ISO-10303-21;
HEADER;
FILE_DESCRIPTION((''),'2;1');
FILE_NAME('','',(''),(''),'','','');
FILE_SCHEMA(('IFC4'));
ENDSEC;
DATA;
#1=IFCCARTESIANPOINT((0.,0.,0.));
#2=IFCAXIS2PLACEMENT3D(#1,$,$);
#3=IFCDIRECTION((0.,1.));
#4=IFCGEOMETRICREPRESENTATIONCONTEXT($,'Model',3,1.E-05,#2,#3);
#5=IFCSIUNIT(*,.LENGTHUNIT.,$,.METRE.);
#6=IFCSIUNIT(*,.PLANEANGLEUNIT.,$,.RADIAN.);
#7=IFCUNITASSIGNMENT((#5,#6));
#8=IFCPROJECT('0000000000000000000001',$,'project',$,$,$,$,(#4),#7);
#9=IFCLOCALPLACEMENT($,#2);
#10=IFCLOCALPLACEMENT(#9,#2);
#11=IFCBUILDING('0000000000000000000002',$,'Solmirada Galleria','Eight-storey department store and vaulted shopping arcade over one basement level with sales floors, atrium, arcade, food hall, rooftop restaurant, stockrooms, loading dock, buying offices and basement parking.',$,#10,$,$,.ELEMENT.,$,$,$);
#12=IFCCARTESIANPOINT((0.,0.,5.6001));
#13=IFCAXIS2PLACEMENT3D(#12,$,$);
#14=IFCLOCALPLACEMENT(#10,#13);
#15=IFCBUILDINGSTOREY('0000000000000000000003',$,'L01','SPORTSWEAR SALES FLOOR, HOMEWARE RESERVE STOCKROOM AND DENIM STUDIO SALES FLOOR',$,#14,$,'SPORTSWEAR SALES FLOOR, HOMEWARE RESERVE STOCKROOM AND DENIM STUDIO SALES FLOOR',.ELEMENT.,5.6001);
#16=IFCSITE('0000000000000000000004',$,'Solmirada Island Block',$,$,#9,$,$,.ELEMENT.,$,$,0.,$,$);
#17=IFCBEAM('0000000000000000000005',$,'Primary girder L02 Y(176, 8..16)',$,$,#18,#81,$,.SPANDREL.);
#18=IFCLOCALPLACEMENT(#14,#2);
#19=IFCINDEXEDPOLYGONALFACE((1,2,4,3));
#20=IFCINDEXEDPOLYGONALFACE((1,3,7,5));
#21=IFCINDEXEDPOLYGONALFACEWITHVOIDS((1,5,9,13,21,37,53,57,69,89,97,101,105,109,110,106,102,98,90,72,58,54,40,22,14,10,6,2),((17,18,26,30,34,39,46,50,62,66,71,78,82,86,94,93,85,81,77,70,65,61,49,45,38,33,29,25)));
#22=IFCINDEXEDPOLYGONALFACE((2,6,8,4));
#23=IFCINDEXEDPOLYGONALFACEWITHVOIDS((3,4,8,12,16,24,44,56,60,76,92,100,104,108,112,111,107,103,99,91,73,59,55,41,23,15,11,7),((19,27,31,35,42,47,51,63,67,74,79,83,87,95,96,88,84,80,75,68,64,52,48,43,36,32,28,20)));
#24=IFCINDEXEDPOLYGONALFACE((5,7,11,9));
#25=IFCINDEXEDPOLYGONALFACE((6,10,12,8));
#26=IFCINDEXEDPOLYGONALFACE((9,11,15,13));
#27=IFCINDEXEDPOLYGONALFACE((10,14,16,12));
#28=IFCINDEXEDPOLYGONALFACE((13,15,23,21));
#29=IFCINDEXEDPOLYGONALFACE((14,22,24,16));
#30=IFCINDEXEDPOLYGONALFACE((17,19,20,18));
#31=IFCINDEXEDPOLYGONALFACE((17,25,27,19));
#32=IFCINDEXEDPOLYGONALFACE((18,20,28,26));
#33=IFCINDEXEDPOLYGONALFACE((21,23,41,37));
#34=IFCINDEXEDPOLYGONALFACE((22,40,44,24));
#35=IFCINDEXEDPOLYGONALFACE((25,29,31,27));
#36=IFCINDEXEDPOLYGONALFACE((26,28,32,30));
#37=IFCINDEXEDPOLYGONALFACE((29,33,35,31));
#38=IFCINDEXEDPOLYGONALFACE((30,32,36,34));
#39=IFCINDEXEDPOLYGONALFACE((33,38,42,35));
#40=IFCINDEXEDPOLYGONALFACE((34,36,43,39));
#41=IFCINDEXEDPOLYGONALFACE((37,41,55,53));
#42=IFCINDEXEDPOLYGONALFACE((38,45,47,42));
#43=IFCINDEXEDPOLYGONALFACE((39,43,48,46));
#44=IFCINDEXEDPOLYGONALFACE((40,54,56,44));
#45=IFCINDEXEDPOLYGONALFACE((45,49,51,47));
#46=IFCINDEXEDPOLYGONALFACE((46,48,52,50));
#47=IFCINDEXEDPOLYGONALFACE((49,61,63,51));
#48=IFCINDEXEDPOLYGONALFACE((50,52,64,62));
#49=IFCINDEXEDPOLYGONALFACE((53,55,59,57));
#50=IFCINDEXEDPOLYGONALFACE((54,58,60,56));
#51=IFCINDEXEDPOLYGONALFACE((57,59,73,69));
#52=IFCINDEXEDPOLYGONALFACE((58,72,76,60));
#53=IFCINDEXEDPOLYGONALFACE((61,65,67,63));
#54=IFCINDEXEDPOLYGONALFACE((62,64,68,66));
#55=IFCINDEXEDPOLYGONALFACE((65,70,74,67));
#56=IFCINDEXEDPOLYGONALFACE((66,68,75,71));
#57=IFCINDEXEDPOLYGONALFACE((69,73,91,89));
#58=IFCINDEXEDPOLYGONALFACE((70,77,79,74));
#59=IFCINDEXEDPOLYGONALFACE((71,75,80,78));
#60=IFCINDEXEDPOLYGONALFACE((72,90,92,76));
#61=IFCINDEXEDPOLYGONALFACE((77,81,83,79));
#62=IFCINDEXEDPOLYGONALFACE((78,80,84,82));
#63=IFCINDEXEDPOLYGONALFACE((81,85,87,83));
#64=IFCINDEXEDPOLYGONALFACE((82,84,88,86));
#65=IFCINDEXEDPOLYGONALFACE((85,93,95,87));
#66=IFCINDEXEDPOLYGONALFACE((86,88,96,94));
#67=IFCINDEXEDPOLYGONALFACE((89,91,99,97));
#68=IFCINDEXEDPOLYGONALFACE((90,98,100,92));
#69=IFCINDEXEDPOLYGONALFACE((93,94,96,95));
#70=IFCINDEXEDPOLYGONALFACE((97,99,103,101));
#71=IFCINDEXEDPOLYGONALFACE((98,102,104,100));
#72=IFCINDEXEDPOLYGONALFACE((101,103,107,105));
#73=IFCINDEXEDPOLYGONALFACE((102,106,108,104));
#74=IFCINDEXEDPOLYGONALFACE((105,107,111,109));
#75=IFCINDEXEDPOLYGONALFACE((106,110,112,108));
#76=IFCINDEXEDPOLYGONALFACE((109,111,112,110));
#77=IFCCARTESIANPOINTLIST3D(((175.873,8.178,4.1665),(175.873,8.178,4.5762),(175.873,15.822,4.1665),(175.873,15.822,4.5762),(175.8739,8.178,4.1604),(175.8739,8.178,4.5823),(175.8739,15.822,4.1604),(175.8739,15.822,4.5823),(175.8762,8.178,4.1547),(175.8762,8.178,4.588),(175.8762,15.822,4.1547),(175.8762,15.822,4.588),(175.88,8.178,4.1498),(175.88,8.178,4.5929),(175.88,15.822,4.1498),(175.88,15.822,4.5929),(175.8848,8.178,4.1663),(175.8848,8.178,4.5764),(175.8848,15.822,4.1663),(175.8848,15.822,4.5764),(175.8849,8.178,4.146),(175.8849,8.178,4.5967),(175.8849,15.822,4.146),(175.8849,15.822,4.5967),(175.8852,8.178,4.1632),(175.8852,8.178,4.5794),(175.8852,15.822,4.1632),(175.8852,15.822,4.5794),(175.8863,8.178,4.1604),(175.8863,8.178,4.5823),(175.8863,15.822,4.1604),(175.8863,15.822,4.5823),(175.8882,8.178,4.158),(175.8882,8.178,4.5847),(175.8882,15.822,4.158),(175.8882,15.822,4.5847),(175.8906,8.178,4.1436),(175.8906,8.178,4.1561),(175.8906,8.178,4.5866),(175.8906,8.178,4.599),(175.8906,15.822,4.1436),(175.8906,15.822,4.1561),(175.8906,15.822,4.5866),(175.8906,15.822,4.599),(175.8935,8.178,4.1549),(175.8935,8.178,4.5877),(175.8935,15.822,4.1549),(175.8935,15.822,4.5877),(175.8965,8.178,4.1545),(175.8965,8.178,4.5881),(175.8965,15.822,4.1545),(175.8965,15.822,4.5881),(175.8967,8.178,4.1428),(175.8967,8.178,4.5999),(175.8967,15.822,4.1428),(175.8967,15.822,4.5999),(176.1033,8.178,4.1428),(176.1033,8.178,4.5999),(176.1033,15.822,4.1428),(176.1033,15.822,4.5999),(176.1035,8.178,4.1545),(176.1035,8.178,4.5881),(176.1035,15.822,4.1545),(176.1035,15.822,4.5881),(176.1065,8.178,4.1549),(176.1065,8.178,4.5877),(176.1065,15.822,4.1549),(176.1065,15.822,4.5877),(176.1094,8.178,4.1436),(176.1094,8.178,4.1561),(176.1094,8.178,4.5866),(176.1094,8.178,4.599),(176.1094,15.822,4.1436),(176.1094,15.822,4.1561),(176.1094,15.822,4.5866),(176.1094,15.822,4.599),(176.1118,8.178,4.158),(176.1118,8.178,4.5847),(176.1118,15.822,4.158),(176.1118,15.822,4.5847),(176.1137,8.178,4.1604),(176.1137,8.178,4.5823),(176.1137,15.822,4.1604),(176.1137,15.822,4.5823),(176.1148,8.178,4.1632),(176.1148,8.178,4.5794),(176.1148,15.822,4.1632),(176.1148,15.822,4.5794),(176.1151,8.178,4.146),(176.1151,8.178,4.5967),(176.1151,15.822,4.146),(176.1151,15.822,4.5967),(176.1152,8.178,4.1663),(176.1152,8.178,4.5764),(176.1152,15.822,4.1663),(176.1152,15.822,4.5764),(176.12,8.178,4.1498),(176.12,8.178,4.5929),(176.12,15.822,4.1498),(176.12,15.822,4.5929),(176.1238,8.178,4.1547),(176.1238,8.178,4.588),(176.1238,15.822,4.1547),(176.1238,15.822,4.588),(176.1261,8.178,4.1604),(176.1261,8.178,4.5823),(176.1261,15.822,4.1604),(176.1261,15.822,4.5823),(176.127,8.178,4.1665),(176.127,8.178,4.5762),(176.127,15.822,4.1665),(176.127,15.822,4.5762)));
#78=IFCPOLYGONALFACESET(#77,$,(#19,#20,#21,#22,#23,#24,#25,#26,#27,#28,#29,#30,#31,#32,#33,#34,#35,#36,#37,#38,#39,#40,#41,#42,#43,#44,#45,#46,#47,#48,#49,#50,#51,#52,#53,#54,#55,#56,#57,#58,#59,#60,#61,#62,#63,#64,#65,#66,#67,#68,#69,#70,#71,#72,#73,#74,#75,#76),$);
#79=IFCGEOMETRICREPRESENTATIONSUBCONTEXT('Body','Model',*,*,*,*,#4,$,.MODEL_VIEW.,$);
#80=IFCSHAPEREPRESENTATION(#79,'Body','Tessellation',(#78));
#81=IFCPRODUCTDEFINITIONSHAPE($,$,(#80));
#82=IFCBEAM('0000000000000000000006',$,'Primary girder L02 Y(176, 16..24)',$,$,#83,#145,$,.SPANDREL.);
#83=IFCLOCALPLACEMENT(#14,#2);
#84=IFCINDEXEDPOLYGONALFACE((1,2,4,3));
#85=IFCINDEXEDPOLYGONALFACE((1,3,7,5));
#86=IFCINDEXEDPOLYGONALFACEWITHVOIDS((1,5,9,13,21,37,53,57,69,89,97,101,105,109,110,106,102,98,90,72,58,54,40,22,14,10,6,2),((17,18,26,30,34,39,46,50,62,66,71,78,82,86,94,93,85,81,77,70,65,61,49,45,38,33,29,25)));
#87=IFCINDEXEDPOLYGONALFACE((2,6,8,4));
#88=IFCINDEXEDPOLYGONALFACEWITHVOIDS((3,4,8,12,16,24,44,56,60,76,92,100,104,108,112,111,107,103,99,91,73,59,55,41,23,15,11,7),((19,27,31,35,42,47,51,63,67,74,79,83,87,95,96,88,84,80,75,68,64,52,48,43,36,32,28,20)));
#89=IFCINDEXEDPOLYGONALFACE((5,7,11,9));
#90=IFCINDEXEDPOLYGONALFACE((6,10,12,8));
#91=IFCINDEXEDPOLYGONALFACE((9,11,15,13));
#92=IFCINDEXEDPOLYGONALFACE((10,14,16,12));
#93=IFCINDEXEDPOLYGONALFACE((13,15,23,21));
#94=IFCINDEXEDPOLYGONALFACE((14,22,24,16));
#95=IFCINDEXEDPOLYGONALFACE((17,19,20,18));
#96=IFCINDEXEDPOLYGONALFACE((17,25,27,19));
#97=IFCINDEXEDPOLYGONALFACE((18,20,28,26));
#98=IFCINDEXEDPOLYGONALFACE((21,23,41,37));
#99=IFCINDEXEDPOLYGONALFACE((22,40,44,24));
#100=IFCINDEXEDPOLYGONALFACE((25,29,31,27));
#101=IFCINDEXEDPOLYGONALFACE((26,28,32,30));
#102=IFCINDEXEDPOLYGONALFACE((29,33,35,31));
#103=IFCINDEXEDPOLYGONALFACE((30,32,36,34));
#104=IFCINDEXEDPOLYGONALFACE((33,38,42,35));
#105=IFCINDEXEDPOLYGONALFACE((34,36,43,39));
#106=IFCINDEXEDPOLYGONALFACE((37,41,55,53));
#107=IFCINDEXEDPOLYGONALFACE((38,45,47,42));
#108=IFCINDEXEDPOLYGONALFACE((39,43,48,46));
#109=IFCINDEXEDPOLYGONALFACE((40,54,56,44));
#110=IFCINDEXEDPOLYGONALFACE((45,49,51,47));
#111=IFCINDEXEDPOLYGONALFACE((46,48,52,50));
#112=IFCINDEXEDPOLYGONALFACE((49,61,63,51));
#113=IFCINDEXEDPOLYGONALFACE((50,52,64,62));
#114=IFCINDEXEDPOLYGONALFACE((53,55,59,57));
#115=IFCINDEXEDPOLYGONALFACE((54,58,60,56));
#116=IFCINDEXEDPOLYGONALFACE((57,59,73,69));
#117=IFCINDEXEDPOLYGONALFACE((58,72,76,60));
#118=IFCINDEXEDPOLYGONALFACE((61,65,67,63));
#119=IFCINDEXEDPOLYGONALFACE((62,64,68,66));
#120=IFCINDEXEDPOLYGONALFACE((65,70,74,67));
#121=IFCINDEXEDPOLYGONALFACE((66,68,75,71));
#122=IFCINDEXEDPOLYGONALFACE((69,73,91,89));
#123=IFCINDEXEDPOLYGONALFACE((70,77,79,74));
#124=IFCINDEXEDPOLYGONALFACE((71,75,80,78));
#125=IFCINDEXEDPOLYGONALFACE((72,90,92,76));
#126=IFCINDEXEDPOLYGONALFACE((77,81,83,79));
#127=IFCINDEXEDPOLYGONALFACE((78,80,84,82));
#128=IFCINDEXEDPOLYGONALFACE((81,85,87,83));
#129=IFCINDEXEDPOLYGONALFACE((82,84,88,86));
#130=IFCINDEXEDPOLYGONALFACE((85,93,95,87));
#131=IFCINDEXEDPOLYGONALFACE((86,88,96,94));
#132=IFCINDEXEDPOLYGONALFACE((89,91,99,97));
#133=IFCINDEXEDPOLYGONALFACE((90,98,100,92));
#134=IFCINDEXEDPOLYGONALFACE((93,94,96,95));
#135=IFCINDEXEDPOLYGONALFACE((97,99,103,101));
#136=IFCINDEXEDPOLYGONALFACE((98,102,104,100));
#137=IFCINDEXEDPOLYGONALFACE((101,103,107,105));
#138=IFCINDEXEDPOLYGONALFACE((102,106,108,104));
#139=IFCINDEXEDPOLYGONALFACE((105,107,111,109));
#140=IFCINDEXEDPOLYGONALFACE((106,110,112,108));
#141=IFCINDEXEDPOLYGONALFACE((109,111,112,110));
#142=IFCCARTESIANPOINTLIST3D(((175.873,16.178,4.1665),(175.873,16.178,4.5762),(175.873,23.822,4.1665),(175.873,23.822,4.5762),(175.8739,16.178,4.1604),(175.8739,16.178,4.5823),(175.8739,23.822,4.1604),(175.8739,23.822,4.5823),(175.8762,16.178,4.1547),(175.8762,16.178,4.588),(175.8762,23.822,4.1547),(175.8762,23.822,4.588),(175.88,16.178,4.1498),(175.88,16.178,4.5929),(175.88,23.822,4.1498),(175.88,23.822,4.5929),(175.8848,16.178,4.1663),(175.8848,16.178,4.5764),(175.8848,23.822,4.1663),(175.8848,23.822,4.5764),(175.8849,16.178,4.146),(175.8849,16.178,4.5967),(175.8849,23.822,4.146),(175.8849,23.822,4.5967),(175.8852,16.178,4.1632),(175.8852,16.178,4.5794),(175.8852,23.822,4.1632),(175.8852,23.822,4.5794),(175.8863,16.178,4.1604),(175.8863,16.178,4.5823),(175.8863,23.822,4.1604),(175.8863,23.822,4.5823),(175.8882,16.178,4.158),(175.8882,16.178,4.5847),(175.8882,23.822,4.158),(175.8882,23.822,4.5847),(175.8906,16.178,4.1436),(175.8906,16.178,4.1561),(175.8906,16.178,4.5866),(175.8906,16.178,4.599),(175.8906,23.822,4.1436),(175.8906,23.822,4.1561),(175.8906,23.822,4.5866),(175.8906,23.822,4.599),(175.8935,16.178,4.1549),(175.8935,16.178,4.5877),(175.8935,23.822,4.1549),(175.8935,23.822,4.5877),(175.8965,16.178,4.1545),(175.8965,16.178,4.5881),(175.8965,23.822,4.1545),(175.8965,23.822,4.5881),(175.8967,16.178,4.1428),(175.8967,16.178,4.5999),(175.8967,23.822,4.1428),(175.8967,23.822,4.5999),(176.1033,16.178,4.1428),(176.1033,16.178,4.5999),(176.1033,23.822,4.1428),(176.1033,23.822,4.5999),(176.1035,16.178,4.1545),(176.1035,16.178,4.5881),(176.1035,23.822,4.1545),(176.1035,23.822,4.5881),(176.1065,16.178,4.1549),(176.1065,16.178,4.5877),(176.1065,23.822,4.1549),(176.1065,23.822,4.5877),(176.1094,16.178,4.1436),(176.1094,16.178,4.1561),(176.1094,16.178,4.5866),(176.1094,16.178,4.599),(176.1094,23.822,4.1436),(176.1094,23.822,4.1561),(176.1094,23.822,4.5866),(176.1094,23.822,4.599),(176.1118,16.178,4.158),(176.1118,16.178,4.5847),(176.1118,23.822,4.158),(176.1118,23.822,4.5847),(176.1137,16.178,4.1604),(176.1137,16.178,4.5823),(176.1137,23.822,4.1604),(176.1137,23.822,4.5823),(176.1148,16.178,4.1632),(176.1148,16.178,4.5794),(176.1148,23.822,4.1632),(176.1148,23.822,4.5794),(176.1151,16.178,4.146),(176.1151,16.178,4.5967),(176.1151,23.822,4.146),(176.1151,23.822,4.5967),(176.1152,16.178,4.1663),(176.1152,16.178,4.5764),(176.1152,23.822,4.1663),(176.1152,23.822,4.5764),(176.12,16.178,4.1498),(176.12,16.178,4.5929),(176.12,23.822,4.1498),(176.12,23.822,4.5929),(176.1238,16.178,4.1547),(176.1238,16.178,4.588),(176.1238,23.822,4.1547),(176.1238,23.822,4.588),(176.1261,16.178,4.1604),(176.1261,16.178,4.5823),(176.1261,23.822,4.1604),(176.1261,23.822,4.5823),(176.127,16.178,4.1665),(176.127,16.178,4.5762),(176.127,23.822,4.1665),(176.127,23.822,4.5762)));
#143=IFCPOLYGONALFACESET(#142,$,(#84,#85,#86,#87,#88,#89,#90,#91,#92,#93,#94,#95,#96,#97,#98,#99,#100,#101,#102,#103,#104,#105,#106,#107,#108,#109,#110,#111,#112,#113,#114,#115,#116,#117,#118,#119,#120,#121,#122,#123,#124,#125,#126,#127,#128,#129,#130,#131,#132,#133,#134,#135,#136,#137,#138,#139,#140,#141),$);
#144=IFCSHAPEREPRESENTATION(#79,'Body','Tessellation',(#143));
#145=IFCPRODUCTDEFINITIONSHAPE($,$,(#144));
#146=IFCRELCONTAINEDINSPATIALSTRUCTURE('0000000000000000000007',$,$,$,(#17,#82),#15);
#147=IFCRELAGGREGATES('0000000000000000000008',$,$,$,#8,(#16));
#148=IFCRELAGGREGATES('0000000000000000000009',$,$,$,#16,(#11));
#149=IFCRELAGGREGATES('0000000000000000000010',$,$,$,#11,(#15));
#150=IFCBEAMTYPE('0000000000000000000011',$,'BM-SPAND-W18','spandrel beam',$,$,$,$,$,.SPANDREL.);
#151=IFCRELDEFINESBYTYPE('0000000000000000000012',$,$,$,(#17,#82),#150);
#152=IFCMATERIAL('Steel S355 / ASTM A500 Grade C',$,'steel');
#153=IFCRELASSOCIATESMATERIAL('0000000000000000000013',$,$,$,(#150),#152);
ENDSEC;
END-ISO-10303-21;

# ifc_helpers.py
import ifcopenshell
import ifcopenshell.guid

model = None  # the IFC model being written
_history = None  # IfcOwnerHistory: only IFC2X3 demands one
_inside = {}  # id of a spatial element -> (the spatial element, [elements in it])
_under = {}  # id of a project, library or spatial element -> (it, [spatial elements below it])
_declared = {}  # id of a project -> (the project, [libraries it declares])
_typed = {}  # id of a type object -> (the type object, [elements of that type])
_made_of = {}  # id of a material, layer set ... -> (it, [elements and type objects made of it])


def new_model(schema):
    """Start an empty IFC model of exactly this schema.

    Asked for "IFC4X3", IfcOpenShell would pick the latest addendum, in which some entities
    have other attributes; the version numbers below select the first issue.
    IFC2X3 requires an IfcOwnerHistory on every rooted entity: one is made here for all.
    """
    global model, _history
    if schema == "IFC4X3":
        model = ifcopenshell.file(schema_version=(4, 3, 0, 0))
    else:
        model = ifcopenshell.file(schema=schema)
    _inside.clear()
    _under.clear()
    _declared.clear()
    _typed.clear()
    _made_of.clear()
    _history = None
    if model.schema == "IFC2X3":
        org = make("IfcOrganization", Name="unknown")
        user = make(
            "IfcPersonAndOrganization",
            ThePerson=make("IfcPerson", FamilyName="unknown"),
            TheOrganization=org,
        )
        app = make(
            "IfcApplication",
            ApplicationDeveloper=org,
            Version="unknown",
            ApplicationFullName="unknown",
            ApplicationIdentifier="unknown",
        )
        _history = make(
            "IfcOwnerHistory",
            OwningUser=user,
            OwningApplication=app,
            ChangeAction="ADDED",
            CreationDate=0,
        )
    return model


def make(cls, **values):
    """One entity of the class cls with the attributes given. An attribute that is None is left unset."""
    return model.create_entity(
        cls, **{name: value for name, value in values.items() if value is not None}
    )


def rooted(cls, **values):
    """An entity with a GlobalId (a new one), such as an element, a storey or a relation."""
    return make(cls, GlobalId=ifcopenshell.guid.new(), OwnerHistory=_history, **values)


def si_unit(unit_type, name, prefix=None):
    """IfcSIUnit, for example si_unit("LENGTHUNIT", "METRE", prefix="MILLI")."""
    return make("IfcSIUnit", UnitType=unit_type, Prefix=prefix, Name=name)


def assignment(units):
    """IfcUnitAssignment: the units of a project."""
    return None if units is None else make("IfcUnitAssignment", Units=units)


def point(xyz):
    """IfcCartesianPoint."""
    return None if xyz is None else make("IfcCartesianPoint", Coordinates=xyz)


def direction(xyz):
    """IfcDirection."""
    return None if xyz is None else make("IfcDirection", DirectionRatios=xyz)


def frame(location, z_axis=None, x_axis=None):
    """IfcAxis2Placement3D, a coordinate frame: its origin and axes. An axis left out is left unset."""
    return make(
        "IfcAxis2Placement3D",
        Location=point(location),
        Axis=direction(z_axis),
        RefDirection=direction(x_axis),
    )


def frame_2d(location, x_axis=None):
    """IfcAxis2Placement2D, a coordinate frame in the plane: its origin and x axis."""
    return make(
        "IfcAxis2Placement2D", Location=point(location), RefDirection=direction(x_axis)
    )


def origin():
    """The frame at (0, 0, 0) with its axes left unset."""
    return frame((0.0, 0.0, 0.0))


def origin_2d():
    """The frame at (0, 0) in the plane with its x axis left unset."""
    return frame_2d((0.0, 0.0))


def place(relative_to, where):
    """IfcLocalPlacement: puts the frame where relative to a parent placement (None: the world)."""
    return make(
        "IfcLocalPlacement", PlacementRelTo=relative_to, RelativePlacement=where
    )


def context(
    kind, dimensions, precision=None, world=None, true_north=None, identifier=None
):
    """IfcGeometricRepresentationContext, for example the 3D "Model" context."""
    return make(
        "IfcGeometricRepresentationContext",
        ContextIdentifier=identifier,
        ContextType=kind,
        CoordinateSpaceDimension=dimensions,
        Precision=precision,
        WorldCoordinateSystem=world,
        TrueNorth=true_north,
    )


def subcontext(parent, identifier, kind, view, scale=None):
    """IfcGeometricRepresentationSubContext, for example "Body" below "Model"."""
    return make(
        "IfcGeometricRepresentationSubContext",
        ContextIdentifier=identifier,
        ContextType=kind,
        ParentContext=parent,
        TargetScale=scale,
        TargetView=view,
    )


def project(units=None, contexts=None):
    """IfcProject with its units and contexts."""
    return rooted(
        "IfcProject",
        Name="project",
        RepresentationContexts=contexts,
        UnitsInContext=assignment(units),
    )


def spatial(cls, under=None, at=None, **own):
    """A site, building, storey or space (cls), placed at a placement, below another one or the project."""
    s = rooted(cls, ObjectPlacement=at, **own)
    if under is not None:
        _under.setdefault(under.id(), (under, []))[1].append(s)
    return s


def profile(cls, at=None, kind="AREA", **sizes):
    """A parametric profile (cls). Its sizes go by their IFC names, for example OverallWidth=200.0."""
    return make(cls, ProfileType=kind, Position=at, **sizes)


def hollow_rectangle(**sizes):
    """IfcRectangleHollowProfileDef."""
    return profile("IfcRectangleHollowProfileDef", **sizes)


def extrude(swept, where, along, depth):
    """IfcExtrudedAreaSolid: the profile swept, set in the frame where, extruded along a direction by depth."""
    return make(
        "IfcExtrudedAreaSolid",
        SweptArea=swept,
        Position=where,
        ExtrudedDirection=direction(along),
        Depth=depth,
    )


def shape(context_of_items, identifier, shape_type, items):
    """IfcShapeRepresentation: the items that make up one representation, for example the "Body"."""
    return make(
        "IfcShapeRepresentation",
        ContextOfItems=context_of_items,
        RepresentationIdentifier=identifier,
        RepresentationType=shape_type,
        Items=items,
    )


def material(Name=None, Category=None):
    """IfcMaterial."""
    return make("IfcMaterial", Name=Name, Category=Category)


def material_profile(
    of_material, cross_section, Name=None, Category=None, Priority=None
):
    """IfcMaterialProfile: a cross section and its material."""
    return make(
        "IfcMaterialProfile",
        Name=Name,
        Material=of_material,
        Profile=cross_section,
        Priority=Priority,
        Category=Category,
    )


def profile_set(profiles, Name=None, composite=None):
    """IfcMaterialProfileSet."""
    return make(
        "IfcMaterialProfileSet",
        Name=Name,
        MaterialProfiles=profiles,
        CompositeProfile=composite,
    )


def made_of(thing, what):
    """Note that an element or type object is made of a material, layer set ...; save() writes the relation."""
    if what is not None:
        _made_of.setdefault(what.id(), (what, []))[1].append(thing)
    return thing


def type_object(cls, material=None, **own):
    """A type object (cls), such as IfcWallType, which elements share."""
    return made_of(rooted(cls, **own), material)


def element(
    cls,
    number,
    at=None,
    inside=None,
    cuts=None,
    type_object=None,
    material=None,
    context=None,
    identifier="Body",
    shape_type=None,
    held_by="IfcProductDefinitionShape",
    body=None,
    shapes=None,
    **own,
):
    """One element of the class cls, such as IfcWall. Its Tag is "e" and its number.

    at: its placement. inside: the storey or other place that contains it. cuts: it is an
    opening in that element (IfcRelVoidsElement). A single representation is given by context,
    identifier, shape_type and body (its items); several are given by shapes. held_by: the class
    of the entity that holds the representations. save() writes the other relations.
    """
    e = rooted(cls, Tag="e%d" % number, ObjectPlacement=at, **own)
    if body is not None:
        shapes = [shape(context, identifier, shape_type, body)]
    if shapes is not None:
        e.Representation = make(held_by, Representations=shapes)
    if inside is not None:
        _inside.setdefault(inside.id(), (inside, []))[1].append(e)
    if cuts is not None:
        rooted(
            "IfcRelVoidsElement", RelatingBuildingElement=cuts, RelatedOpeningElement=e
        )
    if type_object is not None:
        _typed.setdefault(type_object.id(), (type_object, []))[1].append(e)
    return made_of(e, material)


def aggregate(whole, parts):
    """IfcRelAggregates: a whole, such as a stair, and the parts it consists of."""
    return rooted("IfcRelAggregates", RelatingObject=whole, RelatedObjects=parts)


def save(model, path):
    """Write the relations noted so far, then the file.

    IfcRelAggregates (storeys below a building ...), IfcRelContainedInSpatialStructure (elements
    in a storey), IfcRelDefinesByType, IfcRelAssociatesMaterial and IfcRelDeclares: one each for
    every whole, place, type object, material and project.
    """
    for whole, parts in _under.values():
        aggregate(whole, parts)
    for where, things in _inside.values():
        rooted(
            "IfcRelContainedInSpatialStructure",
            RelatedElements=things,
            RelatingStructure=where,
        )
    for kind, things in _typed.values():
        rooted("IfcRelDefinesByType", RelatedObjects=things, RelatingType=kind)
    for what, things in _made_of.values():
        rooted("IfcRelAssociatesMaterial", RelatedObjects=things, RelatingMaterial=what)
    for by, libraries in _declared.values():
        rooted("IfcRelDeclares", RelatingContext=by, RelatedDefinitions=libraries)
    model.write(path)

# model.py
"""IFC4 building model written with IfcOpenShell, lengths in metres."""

from ifc_helpers import new_model, si_unit, direction, frame, origin, origin_2d, place, context, subcontext, project, spatial, hollow_rectangle, extrude, material, material_profile, profile_set, type_object, element, save


model = new_model("IFC4")

# Units and contexts
model_context = context("Model", 3, precision=1e-05, world=origin(), true_north=direction((0.0, 1.0)))
body_context = subcontext(model_context, "Body", "Model", "MODEL_VIEW")
ifc_project = project(units=[si_unit("LENGTHUNIT", "METRE"), si_unit("PLANEANGLEUNIT", "RADIAN")], contexts=[model_context])

# Site, building, storey
site_placement = place(None, origin())
site = spatial("IfcSite", under=ifc_project, at=site_placement, Name="Solmirada Island Block", CompositionType="ELEMENT", RefElevation=0.0)
building_placement = place(site_placement, origin())
building = spatial("IfcBuilding", under=site, at=building_placement, Name="Solmirada Galleria", Description="Eight-storey department store and vaulted shopping arcade over one basement level with sales floors, atrium, arcade, food hall, rooftop restaurant, stockrooms, loading dock, buying offices and basement parking.", CompositionType="ELEMENT")
storey_placement = place(building_placement, frame((0.0, 0.0, 5.6001)))
storey = spatial("IfcBuildingStorey", under=building, at=storey_placement, Name="L01", Description="SPORTSWEAR SALES FLOOR, HOMEWARE RESERVE STOCKROOM AND DENIM STUDIO SALES FLOOR", LongName="SPORTSWEAR SALES FLOOR, HOMEWARE RESERVE STOCKROOM AND DENIM STUDIO SALES FLOOR", CompositionType="ELEMENT", Elevation=5.6001)

# Shared definitions
ifc_material_1 = material(Name="Steel S355 / ASTM A500 Grade C", Category="steel")

# Beams
ifc_material_profile_1 = material_profile(ifc_material_1, hollow_rectangle(XDim=0.2539, YDim=0.457, WallThickness=0.0117, InnerFilletRadius=0.0117, OuterFilletRadius=0.0237, at=origin_2d()), Name="HSS18X10X1/2")
ifc_profile_set_1 = profile_set([ifc_material_profile_1], Name="Steel S355 / ASTM A500 Grade C")
beam_type = type_object("IfcBeamType", Name="BM-SPAND-W18", Description="spandrel beam", PredefinedType="SPANDREL", material=ifc_profile_set_1)
for number, where, z_axis, x_axis, name in (
    (1, (176.0, 8.178, 4.3713), (0.0, 1.0, 0.0), (-1.0, 0.0, 0.0), "Primary girder L02 Y(176, 8..16)"),
    (2, (176.0, 16.178, 4.3713), (0.0, 1.0, 0.0), (-1.0, 0.0, 0.0), "Primary girder L02 Y(176, 16..24)"),
):
    element("IfcBeam", number, at=place(storey_placement, frame(where, z_axis=z_axis, x_axis=x_axis)), inside=storey, type_object=beam_type, Name=name, PredefinedType="SPANDREL", context=body_context, shape_type="SweptSolid", body=[
        extrude(hollow_rectangle(XDim=0.2539, YDim=0.457, WallThickness=0.0117, InnerFilletRadius=0.0117, OuterFilletRadius=0.0237, at=origin_2d()), origin(), (0.0, 0.0, 1.0), 7.644),
    ])

save(model, "model.ifc")
